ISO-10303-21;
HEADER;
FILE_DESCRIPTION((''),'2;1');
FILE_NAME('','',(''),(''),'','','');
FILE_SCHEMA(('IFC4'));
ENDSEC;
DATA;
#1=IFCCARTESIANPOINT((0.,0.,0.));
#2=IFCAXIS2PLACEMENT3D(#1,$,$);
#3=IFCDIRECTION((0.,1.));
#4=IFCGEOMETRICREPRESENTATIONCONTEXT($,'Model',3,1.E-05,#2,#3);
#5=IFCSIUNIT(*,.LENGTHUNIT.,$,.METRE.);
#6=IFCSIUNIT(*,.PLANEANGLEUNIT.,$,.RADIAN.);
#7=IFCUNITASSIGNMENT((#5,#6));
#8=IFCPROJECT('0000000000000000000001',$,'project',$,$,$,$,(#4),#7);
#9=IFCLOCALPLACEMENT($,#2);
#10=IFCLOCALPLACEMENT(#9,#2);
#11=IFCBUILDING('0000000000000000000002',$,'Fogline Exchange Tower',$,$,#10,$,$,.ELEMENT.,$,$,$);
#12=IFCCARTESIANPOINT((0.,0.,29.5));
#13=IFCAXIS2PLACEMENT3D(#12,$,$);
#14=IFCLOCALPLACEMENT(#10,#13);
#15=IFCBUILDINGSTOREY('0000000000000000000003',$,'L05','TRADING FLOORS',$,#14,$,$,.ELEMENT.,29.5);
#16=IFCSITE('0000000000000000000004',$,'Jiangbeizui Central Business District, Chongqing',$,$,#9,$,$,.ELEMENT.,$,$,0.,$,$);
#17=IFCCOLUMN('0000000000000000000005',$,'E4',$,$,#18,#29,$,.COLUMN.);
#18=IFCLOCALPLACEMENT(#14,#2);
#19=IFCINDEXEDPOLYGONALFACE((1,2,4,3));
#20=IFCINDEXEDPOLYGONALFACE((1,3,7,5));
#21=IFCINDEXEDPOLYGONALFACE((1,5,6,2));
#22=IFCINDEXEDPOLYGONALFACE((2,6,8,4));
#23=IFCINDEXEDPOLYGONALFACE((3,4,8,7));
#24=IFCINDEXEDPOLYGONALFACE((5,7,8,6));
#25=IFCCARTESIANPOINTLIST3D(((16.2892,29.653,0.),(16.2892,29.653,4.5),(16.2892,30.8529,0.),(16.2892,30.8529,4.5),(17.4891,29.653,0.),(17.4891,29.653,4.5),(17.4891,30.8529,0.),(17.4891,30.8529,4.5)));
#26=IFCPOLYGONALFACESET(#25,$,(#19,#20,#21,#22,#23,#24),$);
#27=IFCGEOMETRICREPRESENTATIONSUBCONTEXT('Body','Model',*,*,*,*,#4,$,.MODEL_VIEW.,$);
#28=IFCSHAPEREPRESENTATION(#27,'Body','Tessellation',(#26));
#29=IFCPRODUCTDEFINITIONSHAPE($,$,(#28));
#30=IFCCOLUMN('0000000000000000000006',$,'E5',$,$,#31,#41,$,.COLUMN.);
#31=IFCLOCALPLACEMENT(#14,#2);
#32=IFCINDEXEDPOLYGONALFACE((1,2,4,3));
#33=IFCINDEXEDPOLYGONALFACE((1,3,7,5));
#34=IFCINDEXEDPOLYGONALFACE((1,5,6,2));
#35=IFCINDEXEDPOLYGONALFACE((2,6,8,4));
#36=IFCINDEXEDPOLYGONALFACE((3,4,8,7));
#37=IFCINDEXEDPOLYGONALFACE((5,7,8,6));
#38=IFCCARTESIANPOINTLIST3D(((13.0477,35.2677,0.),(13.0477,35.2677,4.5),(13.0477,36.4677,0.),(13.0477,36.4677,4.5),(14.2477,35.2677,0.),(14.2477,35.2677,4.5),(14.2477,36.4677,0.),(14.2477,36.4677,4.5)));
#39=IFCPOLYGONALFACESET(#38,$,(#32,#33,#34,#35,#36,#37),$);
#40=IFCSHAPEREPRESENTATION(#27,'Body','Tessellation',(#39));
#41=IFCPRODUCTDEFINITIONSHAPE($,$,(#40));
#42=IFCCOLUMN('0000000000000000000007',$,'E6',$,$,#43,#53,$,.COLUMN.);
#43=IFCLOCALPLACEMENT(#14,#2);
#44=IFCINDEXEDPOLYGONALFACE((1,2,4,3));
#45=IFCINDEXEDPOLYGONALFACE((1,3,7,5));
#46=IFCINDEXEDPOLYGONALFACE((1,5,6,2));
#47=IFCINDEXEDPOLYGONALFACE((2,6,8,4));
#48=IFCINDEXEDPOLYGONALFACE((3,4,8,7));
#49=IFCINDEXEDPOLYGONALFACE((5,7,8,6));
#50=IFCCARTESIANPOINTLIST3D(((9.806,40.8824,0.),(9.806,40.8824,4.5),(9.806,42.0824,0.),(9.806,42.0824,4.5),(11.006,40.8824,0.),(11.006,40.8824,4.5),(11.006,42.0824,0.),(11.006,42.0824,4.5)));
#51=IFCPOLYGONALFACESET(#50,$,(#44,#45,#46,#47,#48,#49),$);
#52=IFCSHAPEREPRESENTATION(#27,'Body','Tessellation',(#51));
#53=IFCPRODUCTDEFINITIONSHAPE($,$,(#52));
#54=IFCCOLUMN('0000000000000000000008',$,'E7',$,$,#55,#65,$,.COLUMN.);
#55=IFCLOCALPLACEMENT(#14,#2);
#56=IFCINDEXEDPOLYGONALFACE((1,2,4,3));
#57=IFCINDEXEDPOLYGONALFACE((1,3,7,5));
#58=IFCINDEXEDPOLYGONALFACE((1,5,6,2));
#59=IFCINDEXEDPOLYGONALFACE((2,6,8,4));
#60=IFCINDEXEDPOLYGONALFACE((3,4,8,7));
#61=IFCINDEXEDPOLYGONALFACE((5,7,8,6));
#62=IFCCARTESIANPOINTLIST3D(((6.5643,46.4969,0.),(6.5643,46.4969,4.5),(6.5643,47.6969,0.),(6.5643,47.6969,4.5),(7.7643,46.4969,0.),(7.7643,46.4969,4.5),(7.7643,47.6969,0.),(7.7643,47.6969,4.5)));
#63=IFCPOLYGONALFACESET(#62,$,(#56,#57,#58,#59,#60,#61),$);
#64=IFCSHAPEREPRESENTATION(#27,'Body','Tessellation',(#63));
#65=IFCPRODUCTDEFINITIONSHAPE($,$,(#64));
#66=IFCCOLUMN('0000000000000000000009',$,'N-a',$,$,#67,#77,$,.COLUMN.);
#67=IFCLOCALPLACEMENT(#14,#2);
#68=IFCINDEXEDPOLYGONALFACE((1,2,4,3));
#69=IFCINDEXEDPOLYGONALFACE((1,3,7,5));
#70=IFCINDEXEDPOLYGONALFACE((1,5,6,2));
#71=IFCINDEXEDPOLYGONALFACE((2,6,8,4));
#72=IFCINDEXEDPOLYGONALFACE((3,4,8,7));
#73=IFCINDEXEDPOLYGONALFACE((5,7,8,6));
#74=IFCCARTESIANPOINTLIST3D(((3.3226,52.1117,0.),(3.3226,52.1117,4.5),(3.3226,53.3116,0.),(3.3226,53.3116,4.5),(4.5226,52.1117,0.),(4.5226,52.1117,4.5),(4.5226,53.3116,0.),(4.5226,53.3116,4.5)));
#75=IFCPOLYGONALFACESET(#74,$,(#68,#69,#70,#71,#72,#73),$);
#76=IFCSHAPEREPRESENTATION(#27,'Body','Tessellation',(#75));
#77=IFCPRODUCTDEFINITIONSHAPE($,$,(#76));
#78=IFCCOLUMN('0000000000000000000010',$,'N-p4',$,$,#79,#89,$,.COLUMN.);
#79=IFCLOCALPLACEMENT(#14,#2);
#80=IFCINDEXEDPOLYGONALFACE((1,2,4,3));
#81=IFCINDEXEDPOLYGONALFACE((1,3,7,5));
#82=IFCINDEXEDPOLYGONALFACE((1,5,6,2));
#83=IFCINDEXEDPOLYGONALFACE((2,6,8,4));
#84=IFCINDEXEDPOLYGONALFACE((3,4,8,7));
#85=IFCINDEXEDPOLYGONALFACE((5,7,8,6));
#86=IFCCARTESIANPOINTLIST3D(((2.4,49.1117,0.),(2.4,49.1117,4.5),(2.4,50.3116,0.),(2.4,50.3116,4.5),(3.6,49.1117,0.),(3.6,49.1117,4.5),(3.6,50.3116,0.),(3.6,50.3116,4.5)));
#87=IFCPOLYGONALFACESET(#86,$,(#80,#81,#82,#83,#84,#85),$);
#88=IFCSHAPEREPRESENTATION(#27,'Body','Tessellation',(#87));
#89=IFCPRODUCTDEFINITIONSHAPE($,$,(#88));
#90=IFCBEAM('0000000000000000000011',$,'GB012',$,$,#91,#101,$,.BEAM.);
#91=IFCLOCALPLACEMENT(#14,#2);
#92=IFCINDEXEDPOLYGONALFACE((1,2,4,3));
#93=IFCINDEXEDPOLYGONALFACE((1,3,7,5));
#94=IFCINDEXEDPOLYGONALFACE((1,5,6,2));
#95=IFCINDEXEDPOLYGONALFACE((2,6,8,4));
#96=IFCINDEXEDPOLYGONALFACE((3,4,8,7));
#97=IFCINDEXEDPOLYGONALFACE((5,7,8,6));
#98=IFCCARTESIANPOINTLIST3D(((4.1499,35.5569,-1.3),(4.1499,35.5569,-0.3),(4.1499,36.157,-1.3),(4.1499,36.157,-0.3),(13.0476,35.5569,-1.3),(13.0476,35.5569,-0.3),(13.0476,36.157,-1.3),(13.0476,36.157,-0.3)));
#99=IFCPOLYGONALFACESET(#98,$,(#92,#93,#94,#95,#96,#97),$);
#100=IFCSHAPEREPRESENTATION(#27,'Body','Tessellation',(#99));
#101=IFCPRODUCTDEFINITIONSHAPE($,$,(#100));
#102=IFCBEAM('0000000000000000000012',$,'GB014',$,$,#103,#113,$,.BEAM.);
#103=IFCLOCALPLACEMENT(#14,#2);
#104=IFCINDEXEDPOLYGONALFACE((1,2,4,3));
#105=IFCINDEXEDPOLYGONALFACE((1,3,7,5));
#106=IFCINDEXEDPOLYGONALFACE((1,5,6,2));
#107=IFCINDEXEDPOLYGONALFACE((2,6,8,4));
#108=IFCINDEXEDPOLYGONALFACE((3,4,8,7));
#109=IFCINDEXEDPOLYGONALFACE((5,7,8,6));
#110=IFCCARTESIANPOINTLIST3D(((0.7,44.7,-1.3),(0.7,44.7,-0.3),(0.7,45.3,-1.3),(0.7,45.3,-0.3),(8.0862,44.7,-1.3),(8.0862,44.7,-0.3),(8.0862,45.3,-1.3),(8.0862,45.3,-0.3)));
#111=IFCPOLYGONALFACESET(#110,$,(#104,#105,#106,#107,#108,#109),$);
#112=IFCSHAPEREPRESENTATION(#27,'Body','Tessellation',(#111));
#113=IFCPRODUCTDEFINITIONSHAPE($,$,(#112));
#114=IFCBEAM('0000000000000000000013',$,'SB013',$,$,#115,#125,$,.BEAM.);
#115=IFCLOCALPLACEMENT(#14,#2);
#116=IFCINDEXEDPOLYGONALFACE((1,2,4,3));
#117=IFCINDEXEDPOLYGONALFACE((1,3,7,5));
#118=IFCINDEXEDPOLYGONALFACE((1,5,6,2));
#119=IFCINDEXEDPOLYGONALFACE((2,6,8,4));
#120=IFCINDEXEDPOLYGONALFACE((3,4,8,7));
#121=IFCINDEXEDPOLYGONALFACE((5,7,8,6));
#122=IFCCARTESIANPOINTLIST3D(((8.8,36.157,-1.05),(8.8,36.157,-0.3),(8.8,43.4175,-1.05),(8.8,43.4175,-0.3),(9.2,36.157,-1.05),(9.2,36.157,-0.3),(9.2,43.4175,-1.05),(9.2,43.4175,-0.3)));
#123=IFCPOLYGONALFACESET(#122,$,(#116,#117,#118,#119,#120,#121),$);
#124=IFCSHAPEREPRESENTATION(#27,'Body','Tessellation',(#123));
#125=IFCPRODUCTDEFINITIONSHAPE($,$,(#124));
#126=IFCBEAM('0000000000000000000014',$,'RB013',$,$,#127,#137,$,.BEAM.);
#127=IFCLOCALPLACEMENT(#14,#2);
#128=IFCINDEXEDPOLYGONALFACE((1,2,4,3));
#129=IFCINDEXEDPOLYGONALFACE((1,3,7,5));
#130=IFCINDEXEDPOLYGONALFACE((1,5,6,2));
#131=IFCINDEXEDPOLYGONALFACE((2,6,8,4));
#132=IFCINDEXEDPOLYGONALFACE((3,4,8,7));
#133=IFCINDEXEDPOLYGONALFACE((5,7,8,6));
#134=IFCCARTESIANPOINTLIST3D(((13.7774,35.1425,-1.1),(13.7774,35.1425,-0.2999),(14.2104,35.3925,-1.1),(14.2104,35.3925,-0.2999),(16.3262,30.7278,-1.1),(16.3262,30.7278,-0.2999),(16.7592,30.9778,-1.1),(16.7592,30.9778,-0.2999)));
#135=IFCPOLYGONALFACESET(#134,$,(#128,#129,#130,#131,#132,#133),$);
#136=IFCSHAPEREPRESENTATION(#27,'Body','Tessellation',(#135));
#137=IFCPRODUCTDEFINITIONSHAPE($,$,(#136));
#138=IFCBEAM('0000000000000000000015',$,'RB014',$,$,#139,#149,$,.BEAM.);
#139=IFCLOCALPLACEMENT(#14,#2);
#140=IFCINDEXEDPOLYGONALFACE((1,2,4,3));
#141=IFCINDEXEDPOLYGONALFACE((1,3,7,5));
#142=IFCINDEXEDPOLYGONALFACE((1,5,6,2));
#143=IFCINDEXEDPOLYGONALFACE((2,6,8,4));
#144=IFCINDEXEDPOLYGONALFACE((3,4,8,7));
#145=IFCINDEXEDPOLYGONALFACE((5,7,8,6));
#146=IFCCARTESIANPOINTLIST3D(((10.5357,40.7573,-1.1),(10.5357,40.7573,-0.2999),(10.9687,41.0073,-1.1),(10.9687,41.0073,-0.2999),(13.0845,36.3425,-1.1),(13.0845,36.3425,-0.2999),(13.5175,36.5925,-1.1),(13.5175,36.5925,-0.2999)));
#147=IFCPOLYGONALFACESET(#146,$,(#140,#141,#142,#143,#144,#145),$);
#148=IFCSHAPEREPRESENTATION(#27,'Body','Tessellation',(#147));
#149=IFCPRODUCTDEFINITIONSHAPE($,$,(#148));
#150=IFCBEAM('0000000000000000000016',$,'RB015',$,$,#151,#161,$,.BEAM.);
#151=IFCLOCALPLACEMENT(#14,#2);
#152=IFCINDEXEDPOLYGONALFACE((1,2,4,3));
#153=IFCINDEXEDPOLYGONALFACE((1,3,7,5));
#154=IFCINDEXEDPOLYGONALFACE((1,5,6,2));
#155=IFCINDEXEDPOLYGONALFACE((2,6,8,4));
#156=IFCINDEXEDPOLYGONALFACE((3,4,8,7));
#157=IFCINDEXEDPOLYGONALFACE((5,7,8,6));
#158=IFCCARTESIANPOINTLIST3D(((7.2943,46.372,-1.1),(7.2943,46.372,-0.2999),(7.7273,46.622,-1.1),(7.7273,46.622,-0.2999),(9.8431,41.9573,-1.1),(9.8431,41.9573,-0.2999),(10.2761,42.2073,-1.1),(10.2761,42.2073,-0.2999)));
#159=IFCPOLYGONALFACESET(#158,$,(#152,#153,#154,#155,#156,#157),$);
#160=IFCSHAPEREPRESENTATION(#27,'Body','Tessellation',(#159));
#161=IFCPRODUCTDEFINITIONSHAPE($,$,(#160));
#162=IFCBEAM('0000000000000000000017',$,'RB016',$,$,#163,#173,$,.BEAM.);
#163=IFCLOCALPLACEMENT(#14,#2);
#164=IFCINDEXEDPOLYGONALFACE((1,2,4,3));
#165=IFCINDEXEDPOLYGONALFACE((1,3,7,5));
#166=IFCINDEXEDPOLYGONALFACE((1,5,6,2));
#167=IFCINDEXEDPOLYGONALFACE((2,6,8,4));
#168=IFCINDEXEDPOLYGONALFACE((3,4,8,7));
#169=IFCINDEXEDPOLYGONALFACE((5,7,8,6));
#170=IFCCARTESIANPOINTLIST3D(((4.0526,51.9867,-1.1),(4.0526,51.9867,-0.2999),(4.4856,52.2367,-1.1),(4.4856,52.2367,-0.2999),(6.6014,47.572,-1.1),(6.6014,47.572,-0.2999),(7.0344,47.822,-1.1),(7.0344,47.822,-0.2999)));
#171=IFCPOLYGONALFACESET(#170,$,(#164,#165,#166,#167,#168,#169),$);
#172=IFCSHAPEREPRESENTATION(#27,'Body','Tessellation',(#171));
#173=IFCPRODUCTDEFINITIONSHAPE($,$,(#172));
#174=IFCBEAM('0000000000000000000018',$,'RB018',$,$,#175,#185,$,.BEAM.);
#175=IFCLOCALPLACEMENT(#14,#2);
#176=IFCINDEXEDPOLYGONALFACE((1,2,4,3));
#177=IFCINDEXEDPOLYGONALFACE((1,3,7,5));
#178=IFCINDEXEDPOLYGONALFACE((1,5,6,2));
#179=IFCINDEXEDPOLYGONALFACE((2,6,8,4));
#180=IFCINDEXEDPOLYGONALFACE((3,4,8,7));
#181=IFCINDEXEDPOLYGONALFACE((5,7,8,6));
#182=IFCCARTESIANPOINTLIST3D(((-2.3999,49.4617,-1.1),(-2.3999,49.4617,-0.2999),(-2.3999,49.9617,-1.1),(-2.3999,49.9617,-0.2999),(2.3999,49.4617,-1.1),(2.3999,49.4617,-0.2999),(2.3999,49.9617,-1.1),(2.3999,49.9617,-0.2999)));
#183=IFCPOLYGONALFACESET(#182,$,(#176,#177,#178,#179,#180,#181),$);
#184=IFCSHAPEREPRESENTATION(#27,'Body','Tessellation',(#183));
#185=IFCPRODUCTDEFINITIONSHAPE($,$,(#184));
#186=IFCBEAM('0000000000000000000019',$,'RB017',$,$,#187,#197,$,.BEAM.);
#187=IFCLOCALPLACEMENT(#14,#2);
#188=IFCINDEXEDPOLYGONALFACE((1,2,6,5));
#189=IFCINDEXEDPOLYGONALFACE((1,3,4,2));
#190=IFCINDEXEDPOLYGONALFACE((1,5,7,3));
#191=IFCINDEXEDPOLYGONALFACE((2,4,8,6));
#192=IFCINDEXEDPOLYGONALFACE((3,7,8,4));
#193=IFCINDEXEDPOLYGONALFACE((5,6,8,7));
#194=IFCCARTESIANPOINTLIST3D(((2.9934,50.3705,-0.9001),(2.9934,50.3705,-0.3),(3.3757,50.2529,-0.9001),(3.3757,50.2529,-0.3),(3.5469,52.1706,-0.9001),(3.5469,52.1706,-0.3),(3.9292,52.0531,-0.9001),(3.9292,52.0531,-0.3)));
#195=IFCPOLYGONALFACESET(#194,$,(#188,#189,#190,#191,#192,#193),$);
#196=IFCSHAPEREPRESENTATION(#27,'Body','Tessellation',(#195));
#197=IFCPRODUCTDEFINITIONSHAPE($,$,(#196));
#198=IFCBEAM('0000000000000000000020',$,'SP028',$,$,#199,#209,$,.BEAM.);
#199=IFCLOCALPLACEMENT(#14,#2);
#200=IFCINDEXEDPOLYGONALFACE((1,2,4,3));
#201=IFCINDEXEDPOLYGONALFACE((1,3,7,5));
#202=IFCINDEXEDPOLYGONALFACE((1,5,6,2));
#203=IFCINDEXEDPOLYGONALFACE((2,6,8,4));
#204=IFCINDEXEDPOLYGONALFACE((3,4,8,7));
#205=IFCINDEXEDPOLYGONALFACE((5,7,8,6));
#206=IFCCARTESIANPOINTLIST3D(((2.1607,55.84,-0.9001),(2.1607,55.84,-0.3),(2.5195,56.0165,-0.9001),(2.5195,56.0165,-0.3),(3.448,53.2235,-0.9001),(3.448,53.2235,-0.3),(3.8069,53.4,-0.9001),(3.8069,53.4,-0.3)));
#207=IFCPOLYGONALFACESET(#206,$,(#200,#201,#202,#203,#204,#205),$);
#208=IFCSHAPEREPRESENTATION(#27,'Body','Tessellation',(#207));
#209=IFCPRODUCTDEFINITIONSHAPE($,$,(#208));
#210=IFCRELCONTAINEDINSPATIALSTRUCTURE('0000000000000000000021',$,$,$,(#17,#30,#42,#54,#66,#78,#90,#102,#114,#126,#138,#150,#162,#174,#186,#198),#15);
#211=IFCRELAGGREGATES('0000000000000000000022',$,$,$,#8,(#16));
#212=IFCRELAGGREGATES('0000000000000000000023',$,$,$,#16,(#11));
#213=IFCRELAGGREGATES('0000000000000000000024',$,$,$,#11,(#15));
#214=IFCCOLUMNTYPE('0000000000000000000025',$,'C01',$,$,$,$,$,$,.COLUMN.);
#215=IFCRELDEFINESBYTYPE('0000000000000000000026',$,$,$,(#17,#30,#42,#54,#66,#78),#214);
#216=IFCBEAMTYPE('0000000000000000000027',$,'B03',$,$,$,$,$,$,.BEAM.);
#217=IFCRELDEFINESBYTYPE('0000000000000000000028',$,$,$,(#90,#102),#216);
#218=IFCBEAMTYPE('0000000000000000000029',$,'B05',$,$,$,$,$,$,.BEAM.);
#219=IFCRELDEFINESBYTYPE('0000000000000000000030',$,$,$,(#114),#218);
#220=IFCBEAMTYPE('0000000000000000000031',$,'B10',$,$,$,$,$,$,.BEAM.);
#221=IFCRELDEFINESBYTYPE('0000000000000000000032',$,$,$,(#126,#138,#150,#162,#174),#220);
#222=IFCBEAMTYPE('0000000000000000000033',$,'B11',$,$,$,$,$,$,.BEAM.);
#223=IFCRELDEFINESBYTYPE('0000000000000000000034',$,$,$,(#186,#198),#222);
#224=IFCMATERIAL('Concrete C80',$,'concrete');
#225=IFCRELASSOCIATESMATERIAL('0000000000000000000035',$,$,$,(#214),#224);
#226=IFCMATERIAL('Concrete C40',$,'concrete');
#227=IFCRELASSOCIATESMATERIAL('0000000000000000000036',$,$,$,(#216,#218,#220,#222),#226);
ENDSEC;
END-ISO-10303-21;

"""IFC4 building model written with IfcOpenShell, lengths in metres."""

from ifc_helpers import new_model, si_unit, direction, frame, origin, origin_2d, place, context, subcontext, project, spatial, rectangle, extrude, material, material_profile, profile_set, type_object, element, save


model = new_model("IFC4")

# Units and contexts
model_context = context("Model", 3, precision=1e-05, world=origin(), true_north=direction((0.0, 1.0)))
body_context = subcontext(model_context, "Body", "Model", "MODEL_VIEW")
ifc_project = project(units=[si_unit("LENGTHUNIT", "METRE"), si_unit("PLANEANGLEUNIT", "RADIAN")], contexts=[model_context])

# Site, building, storey
site_placement = place(None, origin())
site = spatial("IfcSite", under=ifc_project, at=site_placement, Name="Jiangbeizui Central Business District, Chongqing", CompositionType="ELEMENT", RefElevation=0.0)
building_placement = place(site_placement, origin())
building = spatial("IfcBuilding", under=site, at=building_placement, Name="Fogline Exchange Tower", CompositionType="ELEMENT")
storey_placement = place(building_placement, frame((0.0, 0.0, 29.5)))
storey = spatial("IfcBuildingStorey", under=building, at=storey_placement, Name="L05", Description="TRADING FLOORS", CompositionType="ELEMENT", Elevation=29.5)

# Columns
ifc_material_1 = material(Name="Concrete C80", Category="concrete")
ifc_material_profile_1 = material_profile(ifc_material_1, rectangle(XDim=1.2, YDim=1.2, at=origin_2d()), Name="RC 1200x1200")
ifc_profile_set_1 = profile_set([ifc_material_profile_1], Name="Concrete C80")
column_type = type_object("IfcColumnType", Name="C01", PredefinedType="COLUMN", material=ifc_profile_set_1)
for number, where, z_axis, x_axis, name in (
    (1, (16.8892, 30.2529, 0.0), (0.0, 0.0, 1.0), (1.0, 0.0, 0.0), "E4"),
    (2, (13.6477, 35.8677, 0.0), (0.0, 0.0, 1.0), (1.0, 0.0, 0.0), "E5"),
    (3, (10.406, 41.4824, 0.0), (0.0, 0.0, 1.0), (1.0, 0.0, 0.0), "E6"),
    (4, (7.1643, 47.0969, 0.0), (0.0, 0.0, 1.0), (1.0, 0.0, 0.0), "E7"),
    (5, (3.9226, 52.7117, 0.0), (0.0, 0.0, 1.0), (1.0, 0.0, 0.0), "N-a"),
    (6, (3.0, 49.7117, 0.0), (0.0, 0.0, 1.0), (1.0, 0.0, 0.0), "N-p4"),
):
    element("IfcColumn", number, at=place(storey_placement, frame(where, z_axis=z_axis, x_axis=x_axis)), inside=storey, type_object=column_type, Name=name, PredefinedType="COLUMN", context=body_context, shape_type="SweptSolid", body=[
        extrude(rectangle(XDim=1.2, YDim=1.2, at=origin_2d()), origin(), (0.0, 0.0, 1.0), 4.5),
    ])

# Beams
ifc_material_2 = material(Name="Concrete C40", Category="concrete")
ifc_material_profile_2 = material_profile(ifc_material_2, rectangle(XDim=0.6001, YDim=1.0, at=origin_2d()), Name="RC 600x1000")
ifc_profile_set_2 = profile_set([ifc_material_profile_2], Name="Concrete C40")
beam_type_1 = type_object("IfcBeamType", Name="B03", PredefinedType="BEAM", material=ifc_profile_set_2)
beam_1_placement = place(storey_placement, frame((4.1499, 35.8569, -0.8), z_axis=(1.0, 0.0, 0.0), x_axis=(0.0, 1.0, 0.0)))
element("IfcBeam", 7, at=beam_1_placement, inside=storey, type_object=beam_type_1, Name="GB012", PredefinedType="BEAM", context=body_context, shape_type="SweptSolid", body=[
    extrude(rectangle(XDim=0.6001, YDim=1.0, at=origin_2d()), origin(), (0.0, 0.0, 1.0), 8.8977),
])
beam_2_placement = place(storey_placement, frame((0.7, 45.0, -0.8), z_axis=(1.0, 0.0, 0.0), x_axis=(0.0, 1.0, 0.0)))
element("IfcBeam", 8, at=beam_2_placement, inside=storey, type_object=beam_type_1, Name="GB014", PredefinedType="BEAM", context=body_context, shape_type="SweptSolid", body=[
    extrude(rectangle(XDim=0.6001, YDim=1.0, at=origin_2d()), origin(), (0.0, 0.0, 1.0), 7.3862),
])
ifc_material_profile_3 = material_profile(ifc_material_2, rectangle(XDim=0.3999, YDim=0.75, at=origin_2d()), Name="RC 400x750")
ifc_profile_set_3 = profile_set([ifc_material_profile_3], Name="Concrete C40")
beam_type_2 = type_object("IfcBeamType", Name="B05", PredefinedType="BEAM", material=ifc_profile_set_3)
beam_3_placement = place(storey_placement, frame((9.0, 36.157, -0.675), z_axis=(0.0, 1.0, 0.0), x_axis=(-1.0, 0.0, 0.0)))
element("IfcBeam", 9, at=beam_3_placement, inside=storey, type_object=beam_type_2, Name="SB013", PredefinedType="BEAM", context=body_context, shape_type="SweptSolid", body=[
    extrude(rectangle(XDim=0.3999, YDim=0.75, at=origin_2d()), origin(), (0.0, 0.0, 1.0), 7.2605),
])
ifc_material_profile_4 = material_profile(ifc_material_2, rectangle(XDim=0.5, YDim=0.8, at=origin_2d()), Name="RC 500x800")
ifc_profile_set_4 = profile_set([ifc_material_profile_4], Name="Concrete C40")
beam_type_3 = type_object("IfcBeamType", Name="B10", PredefinedType="BEAM", material=ifc_profile_set_4)
for number, where, z_axis, x_axis, name in (
    (10, (16.5427, 30.8528, -0.7), (-0.499992, 0.86603, 0.0), (-0.86603, -0.499992, 0.0), "RB013"),
    (11, (13.301, 36.4675, -0.7), (-0.499992, 0.86603, 0.0), (-0.86603, -0.499992, 0.0), "RB014"),
    (12, (10.0596, 42.0823, -0.7), (-0.499992, 0.86603, 0.0), (-0.86603, -0.499992, 0.0), "RB015"),
    (13, (6.8179, 47.697, -0.7), (-0.499992, 0.86603, 0.0), (-0.86603, -0.499992, 0.0), "RB016"),
):
    element("IfcBeam", number, at=place(storey_placement, frame(where, z_axis=z_axis, x_axis=x_axis)), inside=storey, type_object=beam_type_3, Name=name, PredefinedType="BEAM", context=body_context, shape_type="SweptSolid", body=[
        extrude(rectangle(XDim=0.5, YDim=0.8, at=origin_2d()), origin(), (0.0, 0.0, 1.0), 5.0977),
    ])
beam_4_placement = place(storey_placement, frame((2.3999, 49.7117, -0.7), z_axis=(-1.0, 0.0, 0.0), x_axis=(0.0, -1.0, 0.0)))
element("IfcBeam", 14, at=beam_4_placement, inside=storey, type_object=beam_type_3, Name="RB018", PredefinedType="BEAM", context=body_context, shape_type="SweptSolid", body=[
    extrude(rectangle(XDim=0.5, YDim=0.8, at=origin_2d()), origin(), (0.0, 0.0, 1.0), 4.7998),
])
ifc_material_profile_5 = material_profile(ifc_material_2, rectangle(XDim=0.3999, YDim=0.6001, at=origin_2d()), Name="RC 400x600")
ifc_profile_set_5 = profile_set([ifc_material_profile_5], Name="Concrete C40")
beam_type_4 = type_object("IfcBeamType", Name="B11", PredefinedType="BEAM", material=ifc_profile_set_5)
beam_5_placement = place(storey_placement, frame((3.738, 52.1118, -0.6001), z_axis=(-0.293895, -0.955838, 0.0), x_axis=(0.955838, -0.293895, 0.0)))
element("IfcBeam", 15, at=beam_5_placement, inside=storey, type_object=beam_type_4, Name="RB017", PredefinedType="BEAM", context=body_context, shape_type="SweptSolid", body=[
    extrude(rectangle(XDim=0.3999, YDim=0.6001, at=origin_2d()), origin(), (0.0, 0.0, 1.0), 1.8833),
])
beam_6_placement = place(storey_placement, frame((3.6274, 53.3118, -0.6001), z_axis=(-0.441478, 0.897272, 0.0), x_axis=(-0.897272, -0.441478, 0.0)))
element("IfcBeam", 16, at=beam_6_placement, inside=storey, type_object=beam_type_4, Name="SP028", PredefinedType="BEAM", context=body_context, shape_type="SweptSolid", body=[
    extrude(rectangle(XDim=0.3999, YDim=0.6001, at=origin_2d()), origin(), (0.0, 0.0, 1.0), 2.916),
])

save(model, "model.ifc")
